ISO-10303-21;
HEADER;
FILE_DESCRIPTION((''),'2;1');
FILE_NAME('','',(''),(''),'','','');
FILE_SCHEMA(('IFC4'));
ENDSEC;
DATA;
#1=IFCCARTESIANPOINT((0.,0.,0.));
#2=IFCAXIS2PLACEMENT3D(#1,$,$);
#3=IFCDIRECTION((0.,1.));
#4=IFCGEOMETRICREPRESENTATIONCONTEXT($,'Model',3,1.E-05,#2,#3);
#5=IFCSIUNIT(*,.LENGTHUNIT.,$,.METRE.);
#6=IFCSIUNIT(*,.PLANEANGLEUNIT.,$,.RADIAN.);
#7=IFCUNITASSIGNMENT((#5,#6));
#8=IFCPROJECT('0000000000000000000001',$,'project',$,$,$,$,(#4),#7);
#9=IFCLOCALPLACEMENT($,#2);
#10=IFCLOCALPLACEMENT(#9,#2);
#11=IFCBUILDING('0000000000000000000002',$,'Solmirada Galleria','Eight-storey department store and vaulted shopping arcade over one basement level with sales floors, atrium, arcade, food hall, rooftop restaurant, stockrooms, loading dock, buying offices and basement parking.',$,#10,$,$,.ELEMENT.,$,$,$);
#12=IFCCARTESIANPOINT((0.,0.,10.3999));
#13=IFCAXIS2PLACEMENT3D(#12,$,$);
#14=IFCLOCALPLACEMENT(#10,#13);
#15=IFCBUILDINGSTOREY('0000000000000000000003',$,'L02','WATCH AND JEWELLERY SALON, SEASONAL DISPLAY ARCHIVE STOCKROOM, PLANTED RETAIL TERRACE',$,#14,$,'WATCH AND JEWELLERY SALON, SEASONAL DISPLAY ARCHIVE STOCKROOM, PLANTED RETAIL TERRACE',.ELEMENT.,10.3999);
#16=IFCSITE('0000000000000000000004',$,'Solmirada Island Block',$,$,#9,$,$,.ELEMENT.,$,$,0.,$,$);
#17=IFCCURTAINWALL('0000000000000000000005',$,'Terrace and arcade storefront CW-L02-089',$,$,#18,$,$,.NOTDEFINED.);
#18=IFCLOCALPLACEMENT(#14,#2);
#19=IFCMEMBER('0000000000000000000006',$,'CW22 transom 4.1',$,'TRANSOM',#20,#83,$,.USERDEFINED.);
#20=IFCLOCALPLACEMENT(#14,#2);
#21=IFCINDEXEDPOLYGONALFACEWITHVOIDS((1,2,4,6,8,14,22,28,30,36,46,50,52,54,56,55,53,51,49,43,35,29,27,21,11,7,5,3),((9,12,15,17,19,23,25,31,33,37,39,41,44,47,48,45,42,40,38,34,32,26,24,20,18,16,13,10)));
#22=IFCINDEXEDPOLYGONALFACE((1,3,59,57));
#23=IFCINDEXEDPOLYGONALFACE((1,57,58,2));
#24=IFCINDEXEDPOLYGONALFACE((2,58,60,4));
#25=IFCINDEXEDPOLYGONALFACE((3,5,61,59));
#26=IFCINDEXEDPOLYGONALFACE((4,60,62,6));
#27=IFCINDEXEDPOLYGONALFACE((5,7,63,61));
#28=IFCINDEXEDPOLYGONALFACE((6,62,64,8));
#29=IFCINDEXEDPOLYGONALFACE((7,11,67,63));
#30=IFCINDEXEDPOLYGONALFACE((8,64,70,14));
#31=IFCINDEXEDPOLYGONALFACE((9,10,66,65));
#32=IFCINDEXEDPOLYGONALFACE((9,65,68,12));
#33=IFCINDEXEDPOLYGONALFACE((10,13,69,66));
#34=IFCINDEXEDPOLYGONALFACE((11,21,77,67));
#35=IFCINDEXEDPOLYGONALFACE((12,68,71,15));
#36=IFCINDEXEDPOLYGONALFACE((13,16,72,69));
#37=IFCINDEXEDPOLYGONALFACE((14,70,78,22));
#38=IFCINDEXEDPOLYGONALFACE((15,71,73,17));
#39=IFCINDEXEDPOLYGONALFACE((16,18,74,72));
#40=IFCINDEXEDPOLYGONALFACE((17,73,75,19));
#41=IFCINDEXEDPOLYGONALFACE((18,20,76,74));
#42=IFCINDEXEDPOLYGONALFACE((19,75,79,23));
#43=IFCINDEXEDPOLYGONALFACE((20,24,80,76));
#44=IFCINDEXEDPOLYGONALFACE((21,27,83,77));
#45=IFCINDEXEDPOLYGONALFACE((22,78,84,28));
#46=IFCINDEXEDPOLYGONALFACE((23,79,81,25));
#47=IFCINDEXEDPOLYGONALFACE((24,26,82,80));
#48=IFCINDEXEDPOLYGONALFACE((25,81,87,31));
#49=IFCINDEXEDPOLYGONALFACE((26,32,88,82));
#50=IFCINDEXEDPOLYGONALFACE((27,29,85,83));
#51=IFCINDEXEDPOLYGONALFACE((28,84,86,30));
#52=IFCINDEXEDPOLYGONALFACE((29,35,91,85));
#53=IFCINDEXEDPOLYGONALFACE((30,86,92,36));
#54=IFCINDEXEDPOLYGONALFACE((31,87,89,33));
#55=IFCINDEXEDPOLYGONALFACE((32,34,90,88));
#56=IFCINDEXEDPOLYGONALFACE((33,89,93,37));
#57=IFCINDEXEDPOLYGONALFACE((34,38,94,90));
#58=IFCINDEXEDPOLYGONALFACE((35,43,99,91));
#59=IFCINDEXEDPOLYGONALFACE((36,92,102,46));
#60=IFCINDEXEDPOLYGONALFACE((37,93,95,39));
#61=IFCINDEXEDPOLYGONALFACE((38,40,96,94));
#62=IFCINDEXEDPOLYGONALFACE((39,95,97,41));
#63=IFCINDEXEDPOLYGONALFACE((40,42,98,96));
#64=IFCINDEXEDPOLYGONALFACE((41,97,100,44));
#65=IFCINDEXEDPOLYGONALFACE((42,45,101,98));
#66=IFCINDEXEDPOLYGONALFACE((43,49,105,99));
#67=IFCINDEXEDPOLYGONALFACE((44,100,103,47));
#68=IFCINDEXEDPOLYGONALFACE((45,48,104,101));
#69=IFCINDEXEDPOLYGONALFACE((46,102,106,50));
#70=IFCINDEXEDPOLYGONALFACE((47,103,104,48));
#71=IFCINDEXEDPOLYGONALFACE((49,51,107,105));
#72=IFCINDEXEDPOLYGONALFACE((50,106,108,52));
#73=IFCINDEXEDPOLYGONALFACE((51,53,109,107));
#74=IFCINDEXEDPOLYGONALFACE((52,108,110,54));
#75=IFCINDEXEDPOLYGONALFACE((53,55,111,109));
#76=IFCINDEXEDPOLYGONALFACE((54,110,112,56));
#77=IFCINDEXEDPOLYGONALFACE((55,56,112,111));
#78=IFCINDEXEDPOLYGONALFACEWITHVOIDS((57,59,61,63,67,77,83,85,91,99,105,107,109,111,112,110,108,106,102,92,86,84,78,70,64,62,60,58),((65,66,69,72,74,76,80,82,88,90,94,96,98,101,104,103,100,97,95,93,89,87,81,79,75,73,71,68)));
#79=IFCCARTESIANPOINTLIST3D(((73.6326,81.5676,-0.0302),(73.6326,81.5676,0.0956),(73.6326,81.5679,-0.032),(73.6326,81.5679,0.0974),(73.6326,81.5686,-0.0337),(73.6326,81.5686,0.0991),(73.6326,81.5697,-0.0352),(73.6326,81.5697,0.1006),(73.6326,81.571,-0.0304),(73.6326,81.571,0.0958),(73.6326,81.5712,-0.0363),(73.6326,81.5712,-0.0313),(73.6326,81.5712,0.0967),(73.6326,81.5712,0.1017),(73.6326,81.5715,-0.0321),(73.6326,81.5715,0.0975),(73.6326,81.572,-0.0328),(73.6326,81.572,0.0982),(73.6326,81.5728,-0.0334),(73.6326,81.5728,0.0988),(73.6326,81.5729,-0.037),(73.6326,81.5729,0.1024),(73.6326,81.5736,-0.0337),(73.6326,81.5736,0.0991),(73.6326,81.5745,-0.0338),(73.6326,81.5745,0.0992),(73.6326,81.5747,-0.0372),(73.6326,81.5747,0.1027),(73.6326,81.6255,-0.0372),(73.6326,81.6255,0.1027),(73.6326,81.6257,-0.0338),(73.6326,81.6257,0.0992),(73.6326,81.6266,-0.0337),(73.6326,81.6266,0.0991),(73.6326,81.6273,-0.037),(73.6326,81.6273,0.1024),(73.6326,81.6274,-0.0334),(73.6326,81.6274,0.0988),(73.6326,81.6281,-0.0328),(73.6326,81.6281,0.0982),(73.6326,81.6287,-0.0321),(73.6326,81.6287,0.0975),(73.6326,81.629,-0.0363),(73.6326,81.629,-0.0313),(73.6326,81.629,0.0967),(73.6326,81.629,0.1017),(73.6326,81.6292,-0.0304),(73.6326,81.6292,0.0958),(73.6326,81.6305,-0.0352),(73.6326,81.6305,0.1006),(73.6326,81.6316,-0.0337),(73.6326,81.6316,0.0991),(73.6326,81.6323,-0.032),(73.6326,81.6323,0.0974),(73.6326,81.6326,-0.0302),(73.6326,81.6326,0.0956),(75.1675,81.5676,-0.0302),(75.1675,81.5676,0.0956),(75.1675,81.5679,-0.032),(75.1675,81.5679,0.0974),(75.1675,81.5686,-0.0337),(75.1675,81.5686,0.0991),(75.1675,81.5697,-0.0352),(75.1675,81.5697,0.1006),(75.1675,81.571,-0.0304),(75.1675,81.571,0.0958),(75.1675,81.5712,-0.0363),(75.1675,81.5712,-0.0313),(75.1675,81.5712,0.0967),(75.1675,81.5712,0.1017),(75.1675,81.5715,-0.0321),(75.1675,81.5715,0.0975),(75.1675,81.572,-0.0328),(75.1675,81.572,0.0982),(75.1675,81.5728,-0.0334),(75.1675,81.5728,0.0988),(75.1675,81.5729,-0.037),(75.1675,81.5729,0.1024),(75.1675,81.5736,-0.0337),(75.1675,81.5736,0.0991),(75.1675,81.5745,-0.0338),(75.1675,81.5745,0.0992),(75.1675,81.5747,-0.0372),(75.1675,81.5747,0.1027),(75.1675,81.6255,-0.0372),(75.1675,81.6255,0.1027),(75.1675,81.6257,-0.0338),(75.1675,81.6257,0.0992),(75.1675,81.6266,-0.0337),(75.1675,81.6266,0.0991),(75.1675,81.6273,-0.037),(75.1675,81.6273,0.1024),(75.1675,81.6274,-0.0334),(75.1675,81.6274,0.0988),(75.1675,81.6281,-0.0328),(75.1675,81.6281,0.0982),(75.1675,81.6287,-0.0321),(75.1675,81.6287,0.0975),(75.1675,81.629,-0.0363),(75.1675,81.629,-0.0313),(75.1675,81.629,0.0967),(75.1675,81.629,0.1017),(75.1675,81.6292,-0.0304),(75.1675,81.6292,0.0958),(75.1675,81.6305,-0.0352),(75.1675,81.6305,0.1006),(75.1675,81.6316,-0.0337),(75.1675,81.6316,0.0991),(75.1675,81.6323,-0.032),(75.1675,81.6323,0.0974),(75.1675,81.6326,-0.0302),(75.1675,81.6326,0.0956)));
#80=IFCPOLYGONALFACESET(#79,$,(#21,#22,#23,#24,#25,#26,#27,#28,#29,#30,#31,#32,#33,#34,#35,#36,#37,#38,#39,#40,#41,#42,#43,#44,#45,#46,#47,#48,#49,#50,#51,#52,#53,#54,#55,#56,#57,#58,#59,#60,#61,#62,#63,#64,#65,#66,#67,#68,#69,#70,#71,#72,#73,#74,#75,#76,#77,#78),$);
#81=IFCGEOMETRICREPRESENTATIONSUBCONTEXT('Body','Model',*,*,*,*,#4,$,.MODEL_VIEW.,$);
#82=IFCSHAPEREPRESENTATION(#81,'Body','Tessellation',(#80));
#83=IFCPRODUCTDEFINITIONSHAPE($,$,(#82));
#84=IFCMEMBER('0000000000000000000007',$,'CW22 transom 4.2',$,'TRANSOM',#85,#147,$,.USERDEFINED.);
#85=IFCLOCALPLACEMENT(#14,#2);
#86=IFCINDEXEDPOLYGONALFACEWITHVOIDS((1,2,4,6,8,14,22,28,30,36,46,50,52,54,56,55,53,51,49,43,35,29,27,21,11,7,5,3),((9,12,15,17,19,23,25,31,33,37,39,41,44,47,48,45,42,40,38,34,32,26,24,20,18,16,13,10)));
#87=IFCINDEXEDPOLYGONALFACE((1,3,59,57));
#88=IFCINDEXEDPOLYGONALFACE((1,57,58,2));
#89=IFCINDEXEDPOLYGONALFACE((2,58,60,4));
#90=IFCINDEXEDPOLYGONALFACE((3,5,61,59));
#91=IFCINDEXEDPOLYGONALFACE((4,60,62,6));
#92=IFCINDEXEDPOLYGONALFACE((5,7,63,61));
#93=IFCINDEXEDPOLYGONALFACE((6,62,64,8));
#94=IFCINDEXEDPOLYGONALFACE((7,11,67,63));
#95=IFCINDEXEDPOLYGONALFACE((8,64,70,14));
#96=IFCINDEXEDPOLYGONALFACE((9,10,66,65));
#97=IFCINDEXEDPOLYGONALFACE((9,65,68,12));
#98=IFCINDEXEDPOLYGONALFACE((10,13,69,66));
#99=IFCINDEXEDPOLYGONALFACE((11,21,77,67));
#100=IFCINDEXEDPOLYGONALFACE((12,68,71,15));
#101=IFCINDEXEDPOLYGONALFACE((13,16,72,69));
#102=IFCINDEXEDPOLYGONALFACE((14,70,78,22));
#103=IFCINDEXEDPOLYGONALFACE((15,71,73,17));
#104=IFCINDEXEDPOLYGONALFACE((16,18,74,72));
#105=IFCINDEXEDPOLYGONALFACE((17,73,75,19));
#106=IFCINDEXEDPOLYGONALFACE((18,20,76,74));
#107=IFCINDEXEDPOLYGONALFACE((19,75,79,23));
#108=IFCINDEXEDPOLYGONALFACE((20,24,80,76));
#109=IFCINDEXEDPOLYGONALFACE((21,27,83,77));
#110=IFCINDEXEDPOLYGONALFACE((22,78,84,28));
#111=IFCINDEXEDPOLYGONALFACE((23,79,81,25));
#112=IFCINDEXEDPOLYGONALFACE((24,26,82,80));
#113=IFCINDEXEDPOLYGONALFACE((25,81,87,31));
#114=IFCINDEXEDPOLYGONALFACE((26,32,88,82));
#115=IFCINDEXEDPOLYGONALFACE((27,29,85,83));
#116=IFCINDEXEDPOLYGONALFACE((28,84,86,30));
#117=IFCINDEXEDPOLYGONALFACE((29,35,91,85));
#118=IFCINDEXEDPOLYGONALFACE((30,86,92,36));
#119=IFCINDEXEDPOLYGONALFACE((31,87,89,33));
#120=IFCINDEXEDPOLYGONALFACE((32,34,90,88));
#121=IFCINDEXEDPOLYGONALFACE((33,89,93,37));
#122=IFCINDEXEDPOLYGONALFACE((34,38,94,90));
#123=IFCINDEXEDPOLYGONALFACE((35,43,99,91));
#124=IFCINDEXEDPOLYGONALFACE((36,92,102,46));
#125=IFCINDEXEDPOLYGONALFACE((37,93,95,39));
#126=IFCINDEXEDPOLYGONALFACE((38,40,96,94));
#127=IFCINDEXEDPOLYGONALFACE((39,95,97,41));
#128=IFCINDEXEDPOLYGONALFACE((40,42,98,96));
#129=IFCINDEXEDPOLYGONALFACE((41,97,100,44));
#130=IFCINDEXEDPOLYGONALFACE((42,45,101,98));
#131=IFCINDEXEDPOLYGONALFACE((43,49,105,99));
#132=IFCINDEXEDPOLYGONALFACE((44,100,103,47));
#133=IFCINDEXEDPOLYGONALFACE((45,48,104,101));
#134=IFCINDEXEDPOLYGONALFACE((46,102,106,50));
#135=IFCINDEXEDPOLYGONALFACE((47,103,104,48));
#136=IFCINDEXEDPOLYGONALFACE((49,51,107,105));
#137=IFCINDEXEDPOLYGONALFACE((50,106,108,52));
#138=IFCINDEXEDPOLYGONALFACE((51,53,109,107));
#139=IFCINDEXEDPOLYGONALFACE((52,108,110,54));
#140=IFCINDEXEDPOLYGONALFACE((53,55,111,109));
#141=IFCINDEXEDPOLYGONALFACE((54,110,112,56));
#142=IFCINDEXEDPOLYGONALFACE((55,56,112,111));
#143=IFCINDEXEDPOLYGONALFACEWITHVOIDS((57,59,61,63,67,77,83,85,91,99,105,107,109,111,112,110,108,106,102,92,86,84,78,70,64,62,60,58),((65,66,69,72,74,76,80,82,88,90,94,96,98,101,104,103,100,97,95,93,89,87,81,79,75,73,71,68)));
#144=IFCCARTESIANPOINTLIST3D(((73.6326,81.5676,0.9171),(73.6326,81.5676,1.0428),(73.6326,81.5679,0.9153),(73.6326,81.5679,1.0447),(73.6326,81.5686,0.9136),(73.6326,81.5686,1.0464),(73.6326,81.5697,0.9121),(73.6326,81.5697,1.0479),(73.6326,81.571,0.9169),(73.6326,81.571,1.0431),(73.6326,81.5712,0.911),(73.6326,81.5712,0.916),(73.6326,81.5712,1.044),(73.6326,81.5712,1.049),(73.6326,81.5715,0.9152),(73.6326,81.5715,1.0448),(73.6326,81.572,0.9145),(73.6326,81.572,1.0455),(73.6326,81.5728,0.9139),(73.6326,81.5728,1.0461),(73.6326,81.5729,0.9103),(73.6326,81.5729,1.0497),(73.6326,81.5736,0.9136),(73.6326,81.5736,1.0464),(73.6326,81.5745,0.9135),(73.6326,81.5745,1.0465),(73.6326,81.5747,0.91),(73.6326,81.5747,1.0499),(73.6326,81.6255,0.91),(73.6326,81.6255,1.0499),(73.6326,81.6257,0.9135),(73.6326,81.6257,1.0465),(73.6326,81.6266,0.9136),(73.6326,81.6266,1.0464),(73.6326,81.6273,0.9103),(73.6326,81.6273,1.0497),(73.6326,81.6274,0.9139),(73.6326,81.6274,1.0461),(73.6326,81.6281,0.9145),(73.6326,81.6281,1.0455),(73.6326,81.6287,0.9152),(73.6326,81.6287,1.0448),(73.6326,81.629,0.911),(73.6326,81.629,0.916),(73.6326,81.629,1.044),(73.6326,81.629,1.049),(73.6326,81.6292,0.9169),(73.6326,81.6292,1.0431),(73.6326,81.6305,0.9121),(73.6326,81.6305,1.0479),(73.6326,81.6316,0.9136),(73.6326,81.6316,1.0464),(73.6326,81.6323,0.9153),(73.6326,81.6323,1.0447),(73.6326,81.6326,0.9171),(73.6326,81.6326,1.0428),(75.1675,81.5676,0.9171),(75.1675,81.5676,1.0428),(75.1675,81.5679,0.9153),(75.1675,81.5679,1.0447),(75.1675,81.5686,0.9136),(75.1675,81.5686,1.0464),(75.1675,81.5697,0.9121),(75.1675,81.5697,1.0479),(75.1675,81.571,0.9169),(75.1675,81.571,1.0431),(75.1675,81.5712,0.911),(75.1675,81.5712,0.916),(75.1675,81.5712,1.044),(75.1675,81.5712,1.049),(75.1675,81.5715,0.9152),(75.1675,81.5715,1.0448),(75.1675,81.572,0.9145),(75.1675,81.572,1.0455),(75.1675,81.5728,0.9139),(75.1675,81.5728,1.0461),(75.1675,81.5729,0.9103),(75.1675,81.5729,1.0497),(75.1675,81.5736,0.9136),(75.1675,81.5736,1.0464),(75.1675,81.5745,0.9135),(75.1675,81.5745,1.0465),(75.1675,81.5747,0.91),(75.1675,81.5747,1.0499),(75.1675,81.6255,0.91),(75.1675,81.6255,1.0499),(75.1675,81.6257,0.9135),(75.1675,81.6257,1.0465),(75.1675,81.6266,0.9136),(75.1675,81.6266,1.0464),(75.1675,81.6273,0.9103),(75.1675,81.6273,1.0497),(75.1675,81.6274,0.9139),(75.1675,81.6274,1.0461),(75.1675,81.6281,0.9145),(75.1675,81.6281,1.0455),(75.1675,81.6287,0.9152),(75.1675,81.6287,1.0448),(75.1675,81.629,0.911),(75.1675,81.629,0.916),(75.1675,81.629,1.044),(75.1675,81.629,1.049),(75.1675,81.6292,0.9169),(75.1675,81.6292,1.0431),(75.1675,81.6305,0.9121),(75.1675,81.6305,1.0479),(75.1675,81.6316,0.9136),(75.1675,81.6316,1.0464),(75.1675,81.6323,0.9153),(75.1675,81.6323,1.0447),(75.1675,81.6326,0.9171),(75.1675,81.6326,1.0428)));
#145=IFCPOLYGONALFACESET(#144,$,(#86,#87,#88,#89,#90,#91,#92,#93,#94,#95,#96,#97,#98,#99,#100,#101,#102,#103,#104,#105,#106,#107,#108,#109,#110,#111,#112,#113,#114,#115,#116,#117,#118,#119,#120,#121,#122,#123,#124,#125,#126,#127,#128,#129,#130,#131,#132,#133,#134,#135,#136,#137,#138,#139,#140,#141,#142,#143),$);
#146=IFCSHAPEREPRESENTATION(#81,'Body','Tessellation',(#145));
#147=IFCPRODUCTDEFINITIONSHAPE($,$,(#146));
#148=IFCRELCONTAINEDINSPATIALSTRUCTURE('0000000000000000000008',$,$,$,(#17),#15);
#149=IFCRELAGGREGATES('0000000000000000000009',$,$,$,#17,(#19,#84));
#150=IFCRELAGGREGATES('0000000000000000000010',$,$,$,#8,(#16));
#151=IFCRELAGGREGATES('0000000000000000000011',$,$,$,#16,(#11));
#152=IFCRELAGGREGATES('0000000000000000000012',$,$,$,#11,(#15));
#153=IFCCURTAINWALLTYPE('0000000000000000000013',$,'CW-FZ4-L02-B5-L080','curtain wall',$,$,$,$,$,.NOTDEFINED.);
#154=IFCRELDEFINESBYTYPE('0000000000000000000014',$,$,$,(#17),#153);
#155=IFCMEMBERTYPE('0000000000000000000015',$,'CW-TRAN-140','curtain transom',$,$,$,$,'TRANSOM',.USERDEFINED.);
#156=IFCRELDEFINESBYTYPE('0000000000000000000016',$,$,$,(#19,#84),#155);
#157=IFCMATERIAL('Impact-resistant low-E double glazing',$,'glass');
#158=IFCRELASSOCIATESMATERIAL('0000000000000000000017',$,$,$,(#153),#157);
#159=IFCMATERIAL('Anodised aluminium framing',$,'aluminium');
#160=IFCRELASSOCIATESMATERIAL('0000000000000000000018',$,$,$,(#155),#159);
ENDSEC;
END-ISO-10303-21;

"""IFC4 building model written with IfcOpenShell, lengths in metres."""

from ifc_helpers import new_model, si_unit, direction, frame, origin, origin_2d, place, context, subcontext, project, spatial, hollow_rectangle, extrude, material, material_profile, profile_set, type_object, element, aggregate, save


model = new_model("IFC4")

# Units and contexts
model_context = context("Model", 3, precision=1e-05, world=origin(), true_north=direction((0.0, 1.0)))
body_context = subcontext(model_context, "Body", "Model", "MODEL_VIEW")
ifc_project = project(units=[si_unit("LENGTHUNIT", "METRE"), si_unit("PLANEANGLEUNIT", "RADIAN")], contexts=[model_context])

# Site, building, storey
site_placement = place(None, origin())
site = spatial("IfcSite", under=ifc_project, at=site_placement, Name="Solmirada Island Block", CompositionType="ELEMENT", RefElevation=0.0)
building_placement = place(site_placement, origin())
building = spatial("IfcBuilding", under=site, at=building_placement, Name="Solmirada Galleria", Description="Eight-storey department store and vaulted shopping arcade over one basement level with sales floors, atrium, arcade, food hall, rooftop restaurant, stockrooms, loading dock, buying offices and basement parking.", CompositionType="ELEMENT")
storey_placement = place(building_placement, frame((0.0, 0.0, 10.3999)))
storey = spatial("IfcBuildingStorey", under=building, at=storey_placement, Name="L02", Description="WATCH AND JEWELLERY SALON, SEASONAL DISPLAY ARCHIVE STOCKROOM, PLANTED RETAIL TERRACE", LongName="WATCH AND JEWELLERY SALON, SEASONAL DISPLAY ARCHIVE STOCKROOM, PLANTED RETAIL TERRACE", CompositionType="ELEMENT", Elevation=10.3999)

# Shared definitions
ifc_material_1 = material(Name="Impact-resistant low-E double glazing", Category="glass")
curtain_wall_type = type_object("IfcCurtainWallType", Name="CW-FZ4-L02-B5-L080", Description="curtain wall", PredefinedType="NOTDEFINED", material=ifc_material_1)
ifc_material_2 = material(Name="Anodised aluminium framing", Category="aluminium")

# Curtain wall, members
curtain_wall_1_placement = place(storey_placement, origin())
curtain_wall_1 = element("IfcCurtainWall", 1, at=curtain_wall_1_placement, inside=storey, type_object=curtain_wall_type, Name="Terrace and arcade storefront CW-L02-089", PredefinedType="NOTDEFINED")
ifc_material_profile_1 = material_profile(ifc_material_2, hollow_rectangle(XDim=0.0649, YDim=0.1399, WallThickness=0.0034, InnerFilletRadius=0.0034, OuterFilletRadius=0.0071, at=origin_2d()), Name="ALU-TRAN-140X65")
ifc_profile_set_1 = profile_set([ifc_material_profile_1], Name="Anodised aluminium framing")
member_type_1 = type_object("IfcMemberType", Name="CW-TRAN-140", Description="curtain transom", ElementType="TRANSOM", PredefinedType="USERDEFINED", material=ifc_profile_set_1)
member_1_placement = place(storey_placement, frame((75.1675, 81.6001, 0.0327), z_axis=(-1.0, 0.0, 0.0), x_axis=(0.0, -1.0, 0.0)))
member_1 = element("IfcMember", 2, at=member_1_placement, type_object=member_type_1, Name="CW22 transom 4.1", ObjectType="TRANSOM", PredefinedType="USERDEFINED", context=body_context, shape_type="SweptSolid", body=[
    extrude(hollow_rectangle(XDim=0.0649, YDim=0.1399, WallThickness=0.0034, InnerFilletRadius=0.0034, OuterFilletRadius=0.0071, at=origin_2d()), origin(), (0.0, 0.0, 1.0), 1.5349),
])
member_2_placement = place(storey_placement, frame((75.1675, 81.6001, 0.98), z_axis=(-1.0, 0.0, 0.0), x_axis=(0.0, -1.0, 0.0)))
member_2 = element("IfcMember", 3, at=member_2_placement, type_object=member_type_1, Name="CW22 transom 4.2", ObjectType="TRANSOM", PredefinedType="USERDEFINED", context=body_context, shape_type="SweptSolid", body=[
    extrude(hollow_rectangle(XDim=0.0649, YDim=0.1399, WallThickness=0.0034, InnerFilletRadius=0.0034, OuterFilletRadius=0.0071, at=origin_2d()), origin(), (0.0, 0.0, 1.0), 1.5349),
])

aggregate(curtain_wall_1, [member_1, member_2])

save(model, "model.ifc")
